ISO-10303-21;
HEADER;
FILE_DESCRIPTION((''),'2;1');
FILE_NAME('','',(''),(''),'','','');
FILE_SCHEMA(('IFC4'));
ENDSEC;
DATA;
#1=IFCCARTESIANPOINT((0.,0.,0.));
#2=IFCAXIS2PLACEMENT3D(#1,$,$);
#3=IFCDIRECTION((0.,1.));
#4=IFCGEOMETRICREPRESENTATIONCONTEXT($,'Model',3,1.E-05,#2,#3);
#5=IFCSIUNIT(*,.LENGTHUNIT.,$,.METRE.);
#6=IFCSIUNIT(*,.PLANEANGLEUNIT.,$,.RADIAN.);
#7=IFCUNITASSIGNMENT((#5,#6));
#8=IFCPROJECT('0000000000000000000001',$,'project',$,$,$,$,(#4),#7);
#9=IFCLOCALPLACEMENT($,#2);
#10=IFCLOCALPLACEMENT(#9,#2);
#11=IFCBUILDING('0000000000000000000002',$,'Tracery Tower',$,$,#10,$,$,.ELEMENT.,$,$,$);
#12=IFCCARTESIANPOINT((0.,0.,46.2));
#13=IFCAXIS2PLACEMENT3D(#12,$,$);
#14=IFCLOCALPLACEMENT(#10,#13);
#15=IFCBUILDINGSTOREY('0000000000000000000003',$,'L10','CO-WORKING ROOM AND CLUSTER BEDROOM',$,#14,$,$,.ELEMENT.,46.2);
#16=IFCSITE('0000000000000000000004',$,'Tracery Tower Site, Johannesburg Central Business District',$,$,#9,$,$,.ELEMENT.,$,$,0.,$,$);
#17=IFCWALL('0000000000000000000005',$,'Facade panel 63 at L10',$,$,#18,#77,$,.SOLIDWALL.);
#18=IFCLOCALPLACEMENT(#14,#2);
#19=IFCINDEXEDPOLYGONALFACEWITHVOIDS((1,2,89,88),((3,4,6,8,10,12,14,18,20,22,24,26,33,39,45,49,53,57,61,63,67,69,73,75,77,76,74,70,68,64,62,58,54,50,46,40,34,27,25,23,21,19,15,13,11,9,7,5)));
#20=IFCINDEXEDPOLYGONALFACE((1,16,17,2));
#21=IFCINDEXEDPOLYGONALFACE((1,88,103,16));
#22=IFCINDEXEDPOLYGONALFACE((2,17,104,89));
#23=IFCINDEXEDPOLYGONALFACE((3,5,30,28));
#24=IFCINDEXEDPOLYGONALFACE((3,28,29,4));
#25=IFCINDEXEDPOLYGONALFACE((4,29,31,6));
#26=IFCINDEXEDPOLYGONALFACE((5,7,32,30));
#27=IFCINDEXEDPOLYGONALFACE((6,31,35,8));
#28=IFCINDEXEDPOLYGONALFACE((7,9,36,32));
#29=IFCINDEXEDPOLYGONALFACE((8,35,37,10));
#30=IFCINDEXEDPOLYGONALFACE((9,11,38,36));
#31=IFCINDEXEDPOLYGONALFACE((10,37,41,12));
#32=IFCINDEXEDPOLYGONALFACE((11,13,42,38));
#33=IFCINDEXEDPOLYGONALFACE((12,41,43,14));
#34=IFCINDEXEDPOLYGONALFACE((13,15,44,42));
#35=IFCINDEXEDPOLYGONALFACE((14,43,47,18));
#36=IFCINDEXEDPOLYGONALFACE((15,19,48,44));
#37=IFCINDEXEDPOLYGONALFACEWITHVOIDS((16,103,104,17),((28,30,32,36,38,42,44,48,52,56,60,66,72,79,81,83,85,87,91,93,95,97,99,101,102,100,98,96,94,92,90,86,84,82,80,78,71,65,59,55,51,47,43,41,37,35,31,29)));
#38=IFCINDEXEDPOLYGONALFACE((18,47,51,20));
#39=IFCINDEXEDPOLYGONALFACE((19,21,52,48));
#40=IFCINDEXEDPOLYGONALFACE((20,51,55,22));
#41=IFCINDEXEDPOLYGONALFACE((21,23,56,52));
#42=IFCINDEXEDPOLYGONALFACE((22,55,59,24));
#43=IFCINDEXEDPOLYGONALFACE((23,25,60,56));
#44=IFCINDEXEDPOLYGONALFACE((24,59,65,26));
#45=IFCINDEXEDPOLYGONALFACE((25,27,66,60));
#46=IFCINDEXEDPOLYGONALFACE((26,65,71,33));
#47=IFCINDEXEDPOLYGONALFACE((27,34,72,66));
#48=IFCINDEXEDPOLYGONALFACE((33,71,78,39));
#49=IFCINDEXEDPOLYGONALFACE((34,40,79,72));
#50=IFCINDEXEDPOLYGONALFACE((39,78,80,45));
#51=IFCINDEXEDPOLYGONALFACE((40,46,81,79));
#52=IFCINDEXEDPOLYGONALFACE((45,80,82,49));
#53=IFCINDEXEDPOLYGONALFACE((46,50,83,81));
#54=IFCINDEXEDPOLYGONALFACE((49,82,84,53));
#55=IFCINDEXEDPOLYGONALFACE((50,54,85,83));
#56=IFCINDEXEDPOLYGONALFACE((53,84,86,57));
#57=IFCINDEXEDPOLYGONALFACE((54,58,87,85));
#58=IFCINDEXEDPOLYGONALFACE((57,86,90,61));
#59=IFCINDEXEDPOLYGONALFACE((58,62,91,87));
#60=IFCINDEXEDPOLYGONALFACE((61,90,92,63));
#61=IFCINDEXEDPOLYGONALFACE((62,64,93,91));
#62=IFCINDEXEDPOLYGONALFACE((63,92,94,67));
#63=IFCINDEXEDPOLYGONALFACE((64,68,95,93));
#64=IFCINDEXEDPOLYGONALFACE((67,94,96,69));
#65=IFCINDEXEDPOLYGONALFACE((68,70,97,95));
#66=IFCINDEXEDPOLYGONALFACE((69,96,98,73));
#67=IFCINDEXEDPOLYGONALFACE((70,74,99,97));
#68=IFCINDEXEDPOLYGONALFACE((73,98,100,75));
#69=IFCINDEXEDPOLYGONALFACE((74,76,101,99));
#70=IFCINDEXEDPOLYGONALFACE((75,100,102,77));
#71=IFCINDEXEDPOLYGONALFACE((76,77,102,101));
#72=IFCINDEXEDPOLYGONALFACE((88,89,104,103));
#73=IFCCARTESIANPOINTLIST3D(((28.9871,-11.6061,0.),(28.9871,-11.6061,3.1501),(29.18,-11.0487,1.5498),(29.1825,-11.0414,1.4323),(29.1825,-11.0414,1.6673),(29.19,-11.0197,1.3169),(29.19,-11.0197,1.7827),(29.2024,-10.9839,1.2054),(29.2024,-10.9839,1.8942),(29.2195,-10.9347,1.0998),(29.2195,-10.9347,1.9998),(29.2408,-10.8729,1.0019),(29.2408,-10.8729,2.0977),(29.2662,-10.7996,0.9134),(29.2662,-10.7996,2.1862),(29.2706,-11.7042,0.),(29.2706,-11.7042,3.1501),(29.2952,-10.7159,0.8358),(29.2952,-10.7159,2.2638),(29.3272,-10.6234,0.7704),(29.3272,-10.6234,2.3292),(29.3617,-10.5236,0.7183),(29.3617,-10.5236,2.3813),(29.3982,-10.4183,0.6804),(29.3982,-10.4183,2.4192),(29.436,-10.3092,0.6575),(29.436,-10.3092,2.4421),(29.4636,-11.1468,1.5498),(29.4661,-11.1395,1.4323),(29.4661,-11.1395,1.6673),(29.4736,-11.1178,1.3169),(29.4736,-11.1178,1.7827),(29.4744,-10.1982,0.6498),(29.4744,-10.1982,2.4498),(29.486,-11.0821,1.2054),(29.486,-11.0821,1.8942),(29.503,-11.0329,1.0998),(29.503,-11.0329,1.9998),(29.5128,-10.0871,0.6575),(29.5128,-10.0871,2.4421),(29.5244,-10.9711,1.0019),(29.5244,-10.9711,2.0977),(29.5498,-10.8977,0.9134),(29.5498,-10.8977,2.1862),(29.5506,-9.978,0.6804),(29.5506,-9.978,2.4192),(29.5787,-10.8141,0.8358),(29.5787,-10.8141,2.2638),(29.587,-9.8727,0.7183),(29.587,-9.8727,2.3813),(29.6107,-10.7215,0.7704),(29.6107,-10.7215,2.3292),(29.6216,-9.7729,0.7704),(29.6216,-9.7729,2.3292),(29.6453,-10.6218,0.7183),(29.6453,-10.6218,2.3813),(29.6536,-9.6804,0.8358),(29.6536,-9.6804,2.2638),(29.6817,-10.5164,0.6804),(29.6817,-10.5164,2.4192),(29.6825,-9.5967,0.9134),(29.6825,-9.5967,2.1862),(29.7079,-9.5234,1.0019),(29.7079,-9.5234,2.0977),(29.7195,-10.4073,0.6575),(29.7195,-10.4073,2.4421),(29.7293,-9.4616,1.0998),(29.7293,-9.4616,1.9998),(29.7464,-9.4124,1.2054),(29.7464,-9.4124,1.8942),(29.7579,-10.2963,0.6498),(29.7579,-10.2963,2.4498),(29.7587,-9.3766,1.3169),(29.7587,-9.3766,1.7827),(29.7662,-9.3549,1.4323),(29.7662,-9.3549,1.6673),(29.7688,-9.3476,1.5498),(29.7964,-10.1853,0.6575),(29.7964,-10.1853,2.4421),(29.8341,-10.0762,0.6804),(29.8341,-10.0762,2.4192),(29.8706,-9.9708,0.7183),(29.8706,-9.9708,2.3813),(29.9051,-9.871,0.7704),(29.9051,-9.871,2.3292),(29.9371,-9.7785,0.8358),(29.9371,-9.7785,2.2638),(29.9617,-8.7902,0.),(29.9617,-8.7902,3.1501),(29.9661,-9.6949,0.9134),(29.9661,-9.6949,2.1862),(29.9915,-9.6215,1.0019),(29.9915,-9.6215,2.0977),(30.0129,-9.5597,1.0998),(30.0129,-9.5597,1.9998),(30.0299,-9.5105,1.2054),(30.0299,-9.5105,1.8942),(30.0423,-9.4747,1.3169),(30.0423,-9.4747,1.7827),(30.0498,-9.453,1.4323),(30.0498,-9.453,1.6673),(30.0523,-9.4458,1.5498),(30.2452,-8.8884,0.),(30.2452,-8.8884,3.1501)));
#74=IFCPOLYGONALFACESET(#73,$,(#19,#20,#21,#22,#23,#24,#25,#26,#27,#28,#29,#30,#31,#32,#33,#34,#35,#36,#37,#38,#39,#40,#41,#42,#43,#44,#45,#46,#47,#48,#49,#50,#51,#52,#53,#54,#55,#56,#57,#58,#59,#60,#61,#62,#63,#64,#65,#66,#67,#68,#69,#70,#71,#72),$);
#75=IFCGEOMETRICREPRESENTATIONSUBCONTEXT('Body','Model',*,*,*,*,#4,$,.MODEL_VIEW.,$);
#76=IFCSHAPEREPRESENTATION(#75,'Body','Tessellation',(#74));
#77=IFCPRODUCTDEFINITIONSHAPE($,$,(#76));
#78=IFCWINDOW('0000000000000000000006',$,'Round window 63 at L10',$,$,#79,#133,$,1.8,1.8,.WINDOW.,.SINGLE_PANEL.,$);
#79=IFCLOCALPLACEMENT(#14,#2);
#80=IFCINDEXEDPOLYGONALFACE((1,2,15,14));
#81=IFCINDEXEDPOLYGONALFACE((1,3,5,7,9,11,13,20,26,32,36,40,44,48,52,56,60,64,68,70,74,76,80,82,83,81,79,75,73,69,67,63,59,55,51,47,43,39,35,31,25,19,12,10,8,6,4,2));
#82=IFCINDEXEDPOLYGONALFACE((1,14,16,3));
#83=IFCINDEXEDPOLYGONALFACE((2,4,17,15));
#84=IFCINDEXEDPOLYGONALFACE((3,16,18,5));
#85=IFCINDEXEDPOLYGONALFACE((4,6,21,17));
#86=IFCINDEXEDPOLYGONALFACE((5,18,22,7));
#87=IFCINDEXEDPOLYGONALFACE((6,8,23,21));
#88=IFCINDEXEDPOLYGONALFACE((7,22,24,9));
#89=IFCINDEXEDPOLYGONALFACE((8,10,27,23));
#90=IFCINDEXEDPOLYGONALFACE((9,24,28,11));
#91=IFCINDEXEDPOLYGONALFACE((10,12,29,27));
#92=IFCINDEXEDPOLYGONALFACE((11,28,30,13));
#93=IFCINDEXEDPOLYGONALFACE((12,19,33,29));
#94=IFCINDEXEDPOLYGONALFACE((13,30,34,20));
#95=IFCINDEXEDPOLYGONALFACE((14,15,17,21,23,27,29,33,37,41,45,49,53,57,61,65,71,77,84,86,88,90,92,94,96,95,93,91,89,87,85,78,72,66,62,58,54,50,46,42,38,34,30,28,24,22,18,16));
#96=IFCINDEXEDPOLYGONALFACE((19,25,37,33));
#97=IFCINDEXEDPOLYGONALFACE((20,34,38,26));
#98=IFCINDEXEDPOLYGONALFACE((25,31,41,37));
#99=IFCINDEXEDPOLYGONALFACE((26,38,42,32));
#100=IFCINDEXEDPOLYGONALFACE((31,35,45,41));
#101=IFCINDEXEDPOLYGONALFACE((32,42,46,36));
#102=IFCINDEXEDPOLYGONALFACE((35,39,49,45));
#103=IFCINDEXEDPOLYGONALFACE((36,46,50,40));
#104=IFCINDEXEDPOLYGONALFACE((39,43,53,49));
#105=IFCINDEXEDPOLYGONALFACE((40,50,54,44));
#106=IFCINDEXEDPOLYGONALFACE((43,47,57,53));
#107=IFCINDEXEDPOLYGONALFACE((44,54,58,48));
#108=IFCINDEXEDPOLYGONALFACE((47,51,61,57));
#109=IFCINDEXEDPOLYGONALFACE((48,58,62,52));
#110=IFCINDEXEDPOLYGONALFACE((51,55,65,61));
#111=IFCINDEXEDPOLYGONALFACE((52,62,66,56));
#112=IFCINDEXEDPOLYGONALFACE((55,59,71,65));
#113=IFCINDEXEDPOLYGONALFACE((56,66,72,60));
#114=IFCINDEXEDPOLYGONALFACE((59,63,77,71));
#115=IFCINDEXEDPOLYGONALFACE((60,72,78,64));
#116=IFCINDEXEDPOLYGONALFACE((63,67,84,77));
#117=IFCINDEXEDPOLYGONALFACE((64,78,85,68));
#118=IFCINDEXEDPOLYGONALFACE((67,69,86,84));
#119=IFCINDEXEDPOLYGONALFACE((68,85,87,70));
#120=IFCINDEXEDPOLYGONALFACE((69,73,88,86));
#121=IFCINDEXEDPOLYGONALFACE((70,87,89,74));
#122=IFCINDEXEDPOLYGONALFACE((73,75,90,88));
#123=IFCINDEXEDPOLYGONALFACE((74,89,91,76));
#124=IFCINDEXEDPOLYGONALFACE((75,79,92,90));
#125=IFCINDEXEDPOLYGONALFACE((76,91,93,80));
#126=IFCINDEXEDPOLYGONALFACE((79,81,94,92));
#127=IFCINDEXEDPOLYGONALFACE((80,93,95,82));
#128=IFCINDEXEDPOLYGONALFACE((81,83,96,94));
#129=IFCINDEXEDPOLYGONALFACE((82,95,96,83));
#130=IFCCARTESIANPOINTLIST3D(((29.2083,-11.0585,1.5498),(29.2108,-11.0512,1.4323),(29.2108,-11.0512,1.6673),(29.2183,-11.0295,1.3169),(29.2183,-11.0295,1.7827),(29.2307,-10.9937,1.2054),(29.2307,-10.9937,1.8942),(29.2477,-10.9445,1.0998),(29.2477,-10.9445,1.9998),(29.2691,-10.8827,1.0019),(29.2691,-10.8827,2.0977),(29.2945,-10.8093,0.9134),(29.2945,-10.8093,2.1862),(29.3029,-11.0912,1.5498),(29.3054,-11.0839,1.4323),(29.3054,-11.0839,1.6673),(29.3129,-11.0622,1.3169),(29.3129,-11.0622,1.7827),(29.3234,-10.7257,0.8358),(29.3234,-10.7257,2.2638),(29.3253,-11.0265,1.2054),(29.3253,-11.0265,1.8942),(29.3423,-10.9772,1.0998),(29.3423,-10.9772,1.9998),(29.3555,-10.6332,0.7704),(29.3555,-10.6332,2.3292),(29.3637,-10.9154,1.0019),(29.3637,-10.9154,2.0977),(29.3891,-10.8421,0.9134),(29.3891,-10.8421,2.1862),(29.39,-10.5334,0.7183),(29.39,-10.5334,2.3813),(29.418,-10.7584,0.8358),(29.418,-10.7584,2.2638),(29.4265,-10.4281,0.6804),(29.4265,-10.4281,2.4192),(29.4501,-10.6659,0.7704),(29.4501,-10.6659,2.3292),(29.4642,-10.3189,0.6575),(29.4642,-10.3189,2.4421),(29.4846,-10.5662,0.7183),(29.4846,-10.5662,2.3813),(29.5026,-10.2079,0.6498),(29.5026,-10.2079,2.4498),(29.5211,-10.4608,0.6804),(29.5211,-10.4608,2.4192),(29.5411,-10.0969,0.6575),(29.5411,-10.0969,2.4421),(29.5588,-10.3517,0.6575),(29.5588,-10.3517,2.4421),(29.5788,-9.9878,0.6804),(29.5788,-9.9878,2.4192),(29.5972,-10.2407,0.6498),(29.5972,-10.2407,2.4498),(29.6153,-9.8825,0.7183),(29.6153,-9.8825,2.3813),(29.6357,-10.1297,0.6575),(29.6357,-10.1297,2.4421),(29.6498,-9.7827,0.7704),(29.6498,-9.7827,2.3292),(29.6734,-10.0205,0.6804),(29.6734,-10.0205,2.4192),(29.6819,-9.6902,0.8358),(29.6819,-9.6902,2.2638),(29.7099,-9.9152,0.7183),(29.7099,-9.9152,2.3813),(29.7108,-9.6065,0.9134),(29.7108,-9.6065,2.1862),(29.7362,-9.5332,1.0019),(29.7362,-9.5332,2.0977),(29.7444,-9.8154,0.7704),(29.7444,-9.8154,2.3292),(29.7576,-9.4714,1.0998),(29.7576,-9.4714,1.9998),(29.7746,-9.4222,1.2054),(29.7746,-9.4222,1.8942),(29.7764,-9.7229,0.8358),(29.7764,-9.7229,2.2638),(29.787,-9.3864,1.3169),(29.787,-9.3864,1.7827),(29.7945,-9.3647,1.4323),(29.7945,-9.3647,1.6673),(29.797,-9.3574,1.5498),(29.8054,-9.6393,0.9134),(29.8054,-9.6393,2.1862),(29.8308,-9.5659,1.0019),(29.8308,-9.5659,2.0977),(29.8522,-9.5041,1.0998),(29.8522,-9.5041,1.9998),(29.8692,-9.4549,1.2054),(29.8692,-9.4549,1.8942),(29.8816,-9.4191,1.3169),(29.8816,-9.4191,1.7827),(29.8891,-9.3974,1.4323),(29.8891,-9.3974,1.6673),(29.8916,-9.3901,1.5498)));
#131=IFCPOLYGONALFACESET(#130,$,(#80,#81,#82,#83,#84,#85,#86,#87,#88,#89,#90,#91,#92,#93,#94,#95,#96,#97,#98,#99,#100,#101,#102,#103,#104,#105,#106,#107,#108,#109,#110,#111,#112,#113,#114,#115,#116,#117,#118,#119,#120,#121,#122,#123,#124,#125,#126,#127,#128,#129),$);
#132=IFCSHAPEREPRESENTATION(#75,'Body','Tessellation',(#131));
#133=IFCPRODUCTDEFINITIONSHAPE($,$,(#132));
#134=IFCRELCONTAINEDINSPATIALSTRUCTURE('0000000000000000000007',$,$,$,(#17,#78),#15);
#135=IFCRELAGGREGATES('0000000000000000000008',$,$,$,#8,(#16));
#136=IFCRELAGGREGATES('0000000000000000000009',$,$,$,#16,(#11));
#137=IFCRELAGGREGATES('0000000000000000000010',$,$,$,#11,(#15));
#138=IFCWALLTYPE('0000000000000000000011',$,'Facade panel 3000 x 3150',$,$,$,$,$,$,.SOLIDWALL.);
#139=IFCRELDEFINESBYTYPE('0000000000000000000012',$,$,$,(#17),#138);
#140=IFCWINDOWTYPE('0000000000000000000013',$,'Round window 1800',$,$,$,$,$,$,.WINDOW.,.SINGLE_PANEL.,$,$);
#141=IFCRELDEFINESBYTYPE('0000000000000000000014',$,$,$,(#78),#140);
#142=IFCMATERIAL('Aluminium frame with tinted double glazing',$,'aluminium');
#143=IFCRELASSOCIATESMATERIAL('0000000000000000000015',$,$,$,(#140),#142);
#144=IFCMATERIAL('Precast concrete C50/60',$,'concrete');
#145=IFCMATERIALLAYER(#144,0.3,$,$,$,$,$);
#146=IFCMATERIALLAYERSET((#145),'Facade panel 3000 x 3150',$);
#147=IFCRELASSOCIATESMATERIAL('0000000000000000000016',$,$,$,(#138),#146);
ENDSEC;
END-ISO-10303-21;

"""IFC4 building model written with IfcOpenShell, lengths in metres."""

from ifc_helpers import new_model, si_unit, direction, frame, frame_2d, origin, origin_2d, place, context, subcontext, project, spatial, rectangle, circle, extrude, material, layer, layer_set, type_object, element, fill, save


model = new_model("IFC4")

# Units and contexts
model_context = context("Model", 3, precision=1e-05, world=origin(), true_north=direction((0.0, 1.0)))
body_context = subcontext(model_context, "Body", "Model", "MODEL_VIEW")
ifc_project = project(units=[si_unit("LENGTHUNIT", "METRE"), si_unit("PLANEANGLEUNIT", "RADIAN")], contexts=[model_context])

# Site, building, storey
site_placement = place(None, origin())
site = spatial("IfcSite", under=ifc_project, at=site_placement, Name="Tracery Tower Site, Johannesburg Central Business District", CompositionType="ELEMENT", RefElevation=0.0)
building_placement = place(site_placement, origin())
building = spatial("IfcBuilding", under=site, at=building_placement, Name="Tracery Tower", CompositionType="ELEMENT")
storey_placement = place(building_placement, frame((0.0, 0.0, 46.2)))
storey = spatial("IfcBuildingStorey", under=building, at=storey_placement, Name="L10", Description="CO-WORKING ROOM AND CLUSTER BEDROOM", CompositionType="ELEMENT", Elevation=46.2)

# Wall, opening, window
ifc_material_1 = material(Name="Aluminium frame with tinted double glazing", Category="aluminium")
window_type = type_object("IfcWindowType", Name="Round window 1800", PartitioningType="SINGLE_PANEL", PredefinedType="WINDOW", material=ifc_material_1)
ifc_material_2 = material(Name="Precast concrete C50/60", Category="concrete")
ifc_layer_1 = layer(ifc_material_2, 0.3)
ifc_layer_set_1 = layer_set([ifc_layer_1], Name="Facade panel 3000 x 3150")
wall_type_1 = type_object("IfcWallType", Name="Facade panel 3000 x 3150", PredefinedType="SOLIDWALL", material=ifc_layer_set_1)
wall_1_placement = place(storey_placement, frame((29.1289, -11.655, 0.0), z_axis=(0.0, 0.0, 1.0), x_axis=(0.327071, 0.945, 0.0)))
wall_1 = element("IfcWall", 1, at=wall_1_placement, inside=storey, type_object=wall_type_1, Name="Facade panel 63 at L10", PredefinedType="SOLIDWALL", context=body_context, shape_type="SweptSolid", body=[
    extrude(rectangle(XDim=2.9797, YDim=0.3, at=frame_2d((1.4897, 0.0))), origin(), (0.0, 0.0, 1.0), 3.1501),
])
opening_1_placement = place(wall_1_placement, frame((1.4897, 0.0, 1.5498)))
opening_1 = element("IfcOpeningElement", 2, at=opening_1_placement, cuts=wall_1, PredefinedType="OPENING", context=body_context, shape_type="SweptSolid", body=[
    extrude(circle(Radius=0.9, at=origin_2d()), frame((0.0, 0.1599, 0.0), z_axis=(0.0, -1.0, 0.0), x_axis=(1.0, 0.0, 0.0)), (0.0, 0.0, 1.0), 0.3201),
])
window_1_placement = place(opening_1_placement, origin())
window_1 = element("IfcWindow", 3, at=window_1_placement, inside=storey, type_object=window_type, Name="Round window 63 at L10", OverallHeight=1.8, OverallWidth=1.8, PartitioningType="SINGLE_PANEL", PredefinedType="WINDOW", context=body_context, shape_type="SweptSolid", body=[
    extrude(circle(Radius=0.9, at=origin_2d()), frame((0.0, 0.1201, 0.0), z_axis=(0.0, -1.0, 0.0), x_axis=(1.0, 0.0, 0.0)), (0.0, 0.0, 1.0), 0.1001),
])
fill(opening_1, window_1)

save(model, "model.ifc")
